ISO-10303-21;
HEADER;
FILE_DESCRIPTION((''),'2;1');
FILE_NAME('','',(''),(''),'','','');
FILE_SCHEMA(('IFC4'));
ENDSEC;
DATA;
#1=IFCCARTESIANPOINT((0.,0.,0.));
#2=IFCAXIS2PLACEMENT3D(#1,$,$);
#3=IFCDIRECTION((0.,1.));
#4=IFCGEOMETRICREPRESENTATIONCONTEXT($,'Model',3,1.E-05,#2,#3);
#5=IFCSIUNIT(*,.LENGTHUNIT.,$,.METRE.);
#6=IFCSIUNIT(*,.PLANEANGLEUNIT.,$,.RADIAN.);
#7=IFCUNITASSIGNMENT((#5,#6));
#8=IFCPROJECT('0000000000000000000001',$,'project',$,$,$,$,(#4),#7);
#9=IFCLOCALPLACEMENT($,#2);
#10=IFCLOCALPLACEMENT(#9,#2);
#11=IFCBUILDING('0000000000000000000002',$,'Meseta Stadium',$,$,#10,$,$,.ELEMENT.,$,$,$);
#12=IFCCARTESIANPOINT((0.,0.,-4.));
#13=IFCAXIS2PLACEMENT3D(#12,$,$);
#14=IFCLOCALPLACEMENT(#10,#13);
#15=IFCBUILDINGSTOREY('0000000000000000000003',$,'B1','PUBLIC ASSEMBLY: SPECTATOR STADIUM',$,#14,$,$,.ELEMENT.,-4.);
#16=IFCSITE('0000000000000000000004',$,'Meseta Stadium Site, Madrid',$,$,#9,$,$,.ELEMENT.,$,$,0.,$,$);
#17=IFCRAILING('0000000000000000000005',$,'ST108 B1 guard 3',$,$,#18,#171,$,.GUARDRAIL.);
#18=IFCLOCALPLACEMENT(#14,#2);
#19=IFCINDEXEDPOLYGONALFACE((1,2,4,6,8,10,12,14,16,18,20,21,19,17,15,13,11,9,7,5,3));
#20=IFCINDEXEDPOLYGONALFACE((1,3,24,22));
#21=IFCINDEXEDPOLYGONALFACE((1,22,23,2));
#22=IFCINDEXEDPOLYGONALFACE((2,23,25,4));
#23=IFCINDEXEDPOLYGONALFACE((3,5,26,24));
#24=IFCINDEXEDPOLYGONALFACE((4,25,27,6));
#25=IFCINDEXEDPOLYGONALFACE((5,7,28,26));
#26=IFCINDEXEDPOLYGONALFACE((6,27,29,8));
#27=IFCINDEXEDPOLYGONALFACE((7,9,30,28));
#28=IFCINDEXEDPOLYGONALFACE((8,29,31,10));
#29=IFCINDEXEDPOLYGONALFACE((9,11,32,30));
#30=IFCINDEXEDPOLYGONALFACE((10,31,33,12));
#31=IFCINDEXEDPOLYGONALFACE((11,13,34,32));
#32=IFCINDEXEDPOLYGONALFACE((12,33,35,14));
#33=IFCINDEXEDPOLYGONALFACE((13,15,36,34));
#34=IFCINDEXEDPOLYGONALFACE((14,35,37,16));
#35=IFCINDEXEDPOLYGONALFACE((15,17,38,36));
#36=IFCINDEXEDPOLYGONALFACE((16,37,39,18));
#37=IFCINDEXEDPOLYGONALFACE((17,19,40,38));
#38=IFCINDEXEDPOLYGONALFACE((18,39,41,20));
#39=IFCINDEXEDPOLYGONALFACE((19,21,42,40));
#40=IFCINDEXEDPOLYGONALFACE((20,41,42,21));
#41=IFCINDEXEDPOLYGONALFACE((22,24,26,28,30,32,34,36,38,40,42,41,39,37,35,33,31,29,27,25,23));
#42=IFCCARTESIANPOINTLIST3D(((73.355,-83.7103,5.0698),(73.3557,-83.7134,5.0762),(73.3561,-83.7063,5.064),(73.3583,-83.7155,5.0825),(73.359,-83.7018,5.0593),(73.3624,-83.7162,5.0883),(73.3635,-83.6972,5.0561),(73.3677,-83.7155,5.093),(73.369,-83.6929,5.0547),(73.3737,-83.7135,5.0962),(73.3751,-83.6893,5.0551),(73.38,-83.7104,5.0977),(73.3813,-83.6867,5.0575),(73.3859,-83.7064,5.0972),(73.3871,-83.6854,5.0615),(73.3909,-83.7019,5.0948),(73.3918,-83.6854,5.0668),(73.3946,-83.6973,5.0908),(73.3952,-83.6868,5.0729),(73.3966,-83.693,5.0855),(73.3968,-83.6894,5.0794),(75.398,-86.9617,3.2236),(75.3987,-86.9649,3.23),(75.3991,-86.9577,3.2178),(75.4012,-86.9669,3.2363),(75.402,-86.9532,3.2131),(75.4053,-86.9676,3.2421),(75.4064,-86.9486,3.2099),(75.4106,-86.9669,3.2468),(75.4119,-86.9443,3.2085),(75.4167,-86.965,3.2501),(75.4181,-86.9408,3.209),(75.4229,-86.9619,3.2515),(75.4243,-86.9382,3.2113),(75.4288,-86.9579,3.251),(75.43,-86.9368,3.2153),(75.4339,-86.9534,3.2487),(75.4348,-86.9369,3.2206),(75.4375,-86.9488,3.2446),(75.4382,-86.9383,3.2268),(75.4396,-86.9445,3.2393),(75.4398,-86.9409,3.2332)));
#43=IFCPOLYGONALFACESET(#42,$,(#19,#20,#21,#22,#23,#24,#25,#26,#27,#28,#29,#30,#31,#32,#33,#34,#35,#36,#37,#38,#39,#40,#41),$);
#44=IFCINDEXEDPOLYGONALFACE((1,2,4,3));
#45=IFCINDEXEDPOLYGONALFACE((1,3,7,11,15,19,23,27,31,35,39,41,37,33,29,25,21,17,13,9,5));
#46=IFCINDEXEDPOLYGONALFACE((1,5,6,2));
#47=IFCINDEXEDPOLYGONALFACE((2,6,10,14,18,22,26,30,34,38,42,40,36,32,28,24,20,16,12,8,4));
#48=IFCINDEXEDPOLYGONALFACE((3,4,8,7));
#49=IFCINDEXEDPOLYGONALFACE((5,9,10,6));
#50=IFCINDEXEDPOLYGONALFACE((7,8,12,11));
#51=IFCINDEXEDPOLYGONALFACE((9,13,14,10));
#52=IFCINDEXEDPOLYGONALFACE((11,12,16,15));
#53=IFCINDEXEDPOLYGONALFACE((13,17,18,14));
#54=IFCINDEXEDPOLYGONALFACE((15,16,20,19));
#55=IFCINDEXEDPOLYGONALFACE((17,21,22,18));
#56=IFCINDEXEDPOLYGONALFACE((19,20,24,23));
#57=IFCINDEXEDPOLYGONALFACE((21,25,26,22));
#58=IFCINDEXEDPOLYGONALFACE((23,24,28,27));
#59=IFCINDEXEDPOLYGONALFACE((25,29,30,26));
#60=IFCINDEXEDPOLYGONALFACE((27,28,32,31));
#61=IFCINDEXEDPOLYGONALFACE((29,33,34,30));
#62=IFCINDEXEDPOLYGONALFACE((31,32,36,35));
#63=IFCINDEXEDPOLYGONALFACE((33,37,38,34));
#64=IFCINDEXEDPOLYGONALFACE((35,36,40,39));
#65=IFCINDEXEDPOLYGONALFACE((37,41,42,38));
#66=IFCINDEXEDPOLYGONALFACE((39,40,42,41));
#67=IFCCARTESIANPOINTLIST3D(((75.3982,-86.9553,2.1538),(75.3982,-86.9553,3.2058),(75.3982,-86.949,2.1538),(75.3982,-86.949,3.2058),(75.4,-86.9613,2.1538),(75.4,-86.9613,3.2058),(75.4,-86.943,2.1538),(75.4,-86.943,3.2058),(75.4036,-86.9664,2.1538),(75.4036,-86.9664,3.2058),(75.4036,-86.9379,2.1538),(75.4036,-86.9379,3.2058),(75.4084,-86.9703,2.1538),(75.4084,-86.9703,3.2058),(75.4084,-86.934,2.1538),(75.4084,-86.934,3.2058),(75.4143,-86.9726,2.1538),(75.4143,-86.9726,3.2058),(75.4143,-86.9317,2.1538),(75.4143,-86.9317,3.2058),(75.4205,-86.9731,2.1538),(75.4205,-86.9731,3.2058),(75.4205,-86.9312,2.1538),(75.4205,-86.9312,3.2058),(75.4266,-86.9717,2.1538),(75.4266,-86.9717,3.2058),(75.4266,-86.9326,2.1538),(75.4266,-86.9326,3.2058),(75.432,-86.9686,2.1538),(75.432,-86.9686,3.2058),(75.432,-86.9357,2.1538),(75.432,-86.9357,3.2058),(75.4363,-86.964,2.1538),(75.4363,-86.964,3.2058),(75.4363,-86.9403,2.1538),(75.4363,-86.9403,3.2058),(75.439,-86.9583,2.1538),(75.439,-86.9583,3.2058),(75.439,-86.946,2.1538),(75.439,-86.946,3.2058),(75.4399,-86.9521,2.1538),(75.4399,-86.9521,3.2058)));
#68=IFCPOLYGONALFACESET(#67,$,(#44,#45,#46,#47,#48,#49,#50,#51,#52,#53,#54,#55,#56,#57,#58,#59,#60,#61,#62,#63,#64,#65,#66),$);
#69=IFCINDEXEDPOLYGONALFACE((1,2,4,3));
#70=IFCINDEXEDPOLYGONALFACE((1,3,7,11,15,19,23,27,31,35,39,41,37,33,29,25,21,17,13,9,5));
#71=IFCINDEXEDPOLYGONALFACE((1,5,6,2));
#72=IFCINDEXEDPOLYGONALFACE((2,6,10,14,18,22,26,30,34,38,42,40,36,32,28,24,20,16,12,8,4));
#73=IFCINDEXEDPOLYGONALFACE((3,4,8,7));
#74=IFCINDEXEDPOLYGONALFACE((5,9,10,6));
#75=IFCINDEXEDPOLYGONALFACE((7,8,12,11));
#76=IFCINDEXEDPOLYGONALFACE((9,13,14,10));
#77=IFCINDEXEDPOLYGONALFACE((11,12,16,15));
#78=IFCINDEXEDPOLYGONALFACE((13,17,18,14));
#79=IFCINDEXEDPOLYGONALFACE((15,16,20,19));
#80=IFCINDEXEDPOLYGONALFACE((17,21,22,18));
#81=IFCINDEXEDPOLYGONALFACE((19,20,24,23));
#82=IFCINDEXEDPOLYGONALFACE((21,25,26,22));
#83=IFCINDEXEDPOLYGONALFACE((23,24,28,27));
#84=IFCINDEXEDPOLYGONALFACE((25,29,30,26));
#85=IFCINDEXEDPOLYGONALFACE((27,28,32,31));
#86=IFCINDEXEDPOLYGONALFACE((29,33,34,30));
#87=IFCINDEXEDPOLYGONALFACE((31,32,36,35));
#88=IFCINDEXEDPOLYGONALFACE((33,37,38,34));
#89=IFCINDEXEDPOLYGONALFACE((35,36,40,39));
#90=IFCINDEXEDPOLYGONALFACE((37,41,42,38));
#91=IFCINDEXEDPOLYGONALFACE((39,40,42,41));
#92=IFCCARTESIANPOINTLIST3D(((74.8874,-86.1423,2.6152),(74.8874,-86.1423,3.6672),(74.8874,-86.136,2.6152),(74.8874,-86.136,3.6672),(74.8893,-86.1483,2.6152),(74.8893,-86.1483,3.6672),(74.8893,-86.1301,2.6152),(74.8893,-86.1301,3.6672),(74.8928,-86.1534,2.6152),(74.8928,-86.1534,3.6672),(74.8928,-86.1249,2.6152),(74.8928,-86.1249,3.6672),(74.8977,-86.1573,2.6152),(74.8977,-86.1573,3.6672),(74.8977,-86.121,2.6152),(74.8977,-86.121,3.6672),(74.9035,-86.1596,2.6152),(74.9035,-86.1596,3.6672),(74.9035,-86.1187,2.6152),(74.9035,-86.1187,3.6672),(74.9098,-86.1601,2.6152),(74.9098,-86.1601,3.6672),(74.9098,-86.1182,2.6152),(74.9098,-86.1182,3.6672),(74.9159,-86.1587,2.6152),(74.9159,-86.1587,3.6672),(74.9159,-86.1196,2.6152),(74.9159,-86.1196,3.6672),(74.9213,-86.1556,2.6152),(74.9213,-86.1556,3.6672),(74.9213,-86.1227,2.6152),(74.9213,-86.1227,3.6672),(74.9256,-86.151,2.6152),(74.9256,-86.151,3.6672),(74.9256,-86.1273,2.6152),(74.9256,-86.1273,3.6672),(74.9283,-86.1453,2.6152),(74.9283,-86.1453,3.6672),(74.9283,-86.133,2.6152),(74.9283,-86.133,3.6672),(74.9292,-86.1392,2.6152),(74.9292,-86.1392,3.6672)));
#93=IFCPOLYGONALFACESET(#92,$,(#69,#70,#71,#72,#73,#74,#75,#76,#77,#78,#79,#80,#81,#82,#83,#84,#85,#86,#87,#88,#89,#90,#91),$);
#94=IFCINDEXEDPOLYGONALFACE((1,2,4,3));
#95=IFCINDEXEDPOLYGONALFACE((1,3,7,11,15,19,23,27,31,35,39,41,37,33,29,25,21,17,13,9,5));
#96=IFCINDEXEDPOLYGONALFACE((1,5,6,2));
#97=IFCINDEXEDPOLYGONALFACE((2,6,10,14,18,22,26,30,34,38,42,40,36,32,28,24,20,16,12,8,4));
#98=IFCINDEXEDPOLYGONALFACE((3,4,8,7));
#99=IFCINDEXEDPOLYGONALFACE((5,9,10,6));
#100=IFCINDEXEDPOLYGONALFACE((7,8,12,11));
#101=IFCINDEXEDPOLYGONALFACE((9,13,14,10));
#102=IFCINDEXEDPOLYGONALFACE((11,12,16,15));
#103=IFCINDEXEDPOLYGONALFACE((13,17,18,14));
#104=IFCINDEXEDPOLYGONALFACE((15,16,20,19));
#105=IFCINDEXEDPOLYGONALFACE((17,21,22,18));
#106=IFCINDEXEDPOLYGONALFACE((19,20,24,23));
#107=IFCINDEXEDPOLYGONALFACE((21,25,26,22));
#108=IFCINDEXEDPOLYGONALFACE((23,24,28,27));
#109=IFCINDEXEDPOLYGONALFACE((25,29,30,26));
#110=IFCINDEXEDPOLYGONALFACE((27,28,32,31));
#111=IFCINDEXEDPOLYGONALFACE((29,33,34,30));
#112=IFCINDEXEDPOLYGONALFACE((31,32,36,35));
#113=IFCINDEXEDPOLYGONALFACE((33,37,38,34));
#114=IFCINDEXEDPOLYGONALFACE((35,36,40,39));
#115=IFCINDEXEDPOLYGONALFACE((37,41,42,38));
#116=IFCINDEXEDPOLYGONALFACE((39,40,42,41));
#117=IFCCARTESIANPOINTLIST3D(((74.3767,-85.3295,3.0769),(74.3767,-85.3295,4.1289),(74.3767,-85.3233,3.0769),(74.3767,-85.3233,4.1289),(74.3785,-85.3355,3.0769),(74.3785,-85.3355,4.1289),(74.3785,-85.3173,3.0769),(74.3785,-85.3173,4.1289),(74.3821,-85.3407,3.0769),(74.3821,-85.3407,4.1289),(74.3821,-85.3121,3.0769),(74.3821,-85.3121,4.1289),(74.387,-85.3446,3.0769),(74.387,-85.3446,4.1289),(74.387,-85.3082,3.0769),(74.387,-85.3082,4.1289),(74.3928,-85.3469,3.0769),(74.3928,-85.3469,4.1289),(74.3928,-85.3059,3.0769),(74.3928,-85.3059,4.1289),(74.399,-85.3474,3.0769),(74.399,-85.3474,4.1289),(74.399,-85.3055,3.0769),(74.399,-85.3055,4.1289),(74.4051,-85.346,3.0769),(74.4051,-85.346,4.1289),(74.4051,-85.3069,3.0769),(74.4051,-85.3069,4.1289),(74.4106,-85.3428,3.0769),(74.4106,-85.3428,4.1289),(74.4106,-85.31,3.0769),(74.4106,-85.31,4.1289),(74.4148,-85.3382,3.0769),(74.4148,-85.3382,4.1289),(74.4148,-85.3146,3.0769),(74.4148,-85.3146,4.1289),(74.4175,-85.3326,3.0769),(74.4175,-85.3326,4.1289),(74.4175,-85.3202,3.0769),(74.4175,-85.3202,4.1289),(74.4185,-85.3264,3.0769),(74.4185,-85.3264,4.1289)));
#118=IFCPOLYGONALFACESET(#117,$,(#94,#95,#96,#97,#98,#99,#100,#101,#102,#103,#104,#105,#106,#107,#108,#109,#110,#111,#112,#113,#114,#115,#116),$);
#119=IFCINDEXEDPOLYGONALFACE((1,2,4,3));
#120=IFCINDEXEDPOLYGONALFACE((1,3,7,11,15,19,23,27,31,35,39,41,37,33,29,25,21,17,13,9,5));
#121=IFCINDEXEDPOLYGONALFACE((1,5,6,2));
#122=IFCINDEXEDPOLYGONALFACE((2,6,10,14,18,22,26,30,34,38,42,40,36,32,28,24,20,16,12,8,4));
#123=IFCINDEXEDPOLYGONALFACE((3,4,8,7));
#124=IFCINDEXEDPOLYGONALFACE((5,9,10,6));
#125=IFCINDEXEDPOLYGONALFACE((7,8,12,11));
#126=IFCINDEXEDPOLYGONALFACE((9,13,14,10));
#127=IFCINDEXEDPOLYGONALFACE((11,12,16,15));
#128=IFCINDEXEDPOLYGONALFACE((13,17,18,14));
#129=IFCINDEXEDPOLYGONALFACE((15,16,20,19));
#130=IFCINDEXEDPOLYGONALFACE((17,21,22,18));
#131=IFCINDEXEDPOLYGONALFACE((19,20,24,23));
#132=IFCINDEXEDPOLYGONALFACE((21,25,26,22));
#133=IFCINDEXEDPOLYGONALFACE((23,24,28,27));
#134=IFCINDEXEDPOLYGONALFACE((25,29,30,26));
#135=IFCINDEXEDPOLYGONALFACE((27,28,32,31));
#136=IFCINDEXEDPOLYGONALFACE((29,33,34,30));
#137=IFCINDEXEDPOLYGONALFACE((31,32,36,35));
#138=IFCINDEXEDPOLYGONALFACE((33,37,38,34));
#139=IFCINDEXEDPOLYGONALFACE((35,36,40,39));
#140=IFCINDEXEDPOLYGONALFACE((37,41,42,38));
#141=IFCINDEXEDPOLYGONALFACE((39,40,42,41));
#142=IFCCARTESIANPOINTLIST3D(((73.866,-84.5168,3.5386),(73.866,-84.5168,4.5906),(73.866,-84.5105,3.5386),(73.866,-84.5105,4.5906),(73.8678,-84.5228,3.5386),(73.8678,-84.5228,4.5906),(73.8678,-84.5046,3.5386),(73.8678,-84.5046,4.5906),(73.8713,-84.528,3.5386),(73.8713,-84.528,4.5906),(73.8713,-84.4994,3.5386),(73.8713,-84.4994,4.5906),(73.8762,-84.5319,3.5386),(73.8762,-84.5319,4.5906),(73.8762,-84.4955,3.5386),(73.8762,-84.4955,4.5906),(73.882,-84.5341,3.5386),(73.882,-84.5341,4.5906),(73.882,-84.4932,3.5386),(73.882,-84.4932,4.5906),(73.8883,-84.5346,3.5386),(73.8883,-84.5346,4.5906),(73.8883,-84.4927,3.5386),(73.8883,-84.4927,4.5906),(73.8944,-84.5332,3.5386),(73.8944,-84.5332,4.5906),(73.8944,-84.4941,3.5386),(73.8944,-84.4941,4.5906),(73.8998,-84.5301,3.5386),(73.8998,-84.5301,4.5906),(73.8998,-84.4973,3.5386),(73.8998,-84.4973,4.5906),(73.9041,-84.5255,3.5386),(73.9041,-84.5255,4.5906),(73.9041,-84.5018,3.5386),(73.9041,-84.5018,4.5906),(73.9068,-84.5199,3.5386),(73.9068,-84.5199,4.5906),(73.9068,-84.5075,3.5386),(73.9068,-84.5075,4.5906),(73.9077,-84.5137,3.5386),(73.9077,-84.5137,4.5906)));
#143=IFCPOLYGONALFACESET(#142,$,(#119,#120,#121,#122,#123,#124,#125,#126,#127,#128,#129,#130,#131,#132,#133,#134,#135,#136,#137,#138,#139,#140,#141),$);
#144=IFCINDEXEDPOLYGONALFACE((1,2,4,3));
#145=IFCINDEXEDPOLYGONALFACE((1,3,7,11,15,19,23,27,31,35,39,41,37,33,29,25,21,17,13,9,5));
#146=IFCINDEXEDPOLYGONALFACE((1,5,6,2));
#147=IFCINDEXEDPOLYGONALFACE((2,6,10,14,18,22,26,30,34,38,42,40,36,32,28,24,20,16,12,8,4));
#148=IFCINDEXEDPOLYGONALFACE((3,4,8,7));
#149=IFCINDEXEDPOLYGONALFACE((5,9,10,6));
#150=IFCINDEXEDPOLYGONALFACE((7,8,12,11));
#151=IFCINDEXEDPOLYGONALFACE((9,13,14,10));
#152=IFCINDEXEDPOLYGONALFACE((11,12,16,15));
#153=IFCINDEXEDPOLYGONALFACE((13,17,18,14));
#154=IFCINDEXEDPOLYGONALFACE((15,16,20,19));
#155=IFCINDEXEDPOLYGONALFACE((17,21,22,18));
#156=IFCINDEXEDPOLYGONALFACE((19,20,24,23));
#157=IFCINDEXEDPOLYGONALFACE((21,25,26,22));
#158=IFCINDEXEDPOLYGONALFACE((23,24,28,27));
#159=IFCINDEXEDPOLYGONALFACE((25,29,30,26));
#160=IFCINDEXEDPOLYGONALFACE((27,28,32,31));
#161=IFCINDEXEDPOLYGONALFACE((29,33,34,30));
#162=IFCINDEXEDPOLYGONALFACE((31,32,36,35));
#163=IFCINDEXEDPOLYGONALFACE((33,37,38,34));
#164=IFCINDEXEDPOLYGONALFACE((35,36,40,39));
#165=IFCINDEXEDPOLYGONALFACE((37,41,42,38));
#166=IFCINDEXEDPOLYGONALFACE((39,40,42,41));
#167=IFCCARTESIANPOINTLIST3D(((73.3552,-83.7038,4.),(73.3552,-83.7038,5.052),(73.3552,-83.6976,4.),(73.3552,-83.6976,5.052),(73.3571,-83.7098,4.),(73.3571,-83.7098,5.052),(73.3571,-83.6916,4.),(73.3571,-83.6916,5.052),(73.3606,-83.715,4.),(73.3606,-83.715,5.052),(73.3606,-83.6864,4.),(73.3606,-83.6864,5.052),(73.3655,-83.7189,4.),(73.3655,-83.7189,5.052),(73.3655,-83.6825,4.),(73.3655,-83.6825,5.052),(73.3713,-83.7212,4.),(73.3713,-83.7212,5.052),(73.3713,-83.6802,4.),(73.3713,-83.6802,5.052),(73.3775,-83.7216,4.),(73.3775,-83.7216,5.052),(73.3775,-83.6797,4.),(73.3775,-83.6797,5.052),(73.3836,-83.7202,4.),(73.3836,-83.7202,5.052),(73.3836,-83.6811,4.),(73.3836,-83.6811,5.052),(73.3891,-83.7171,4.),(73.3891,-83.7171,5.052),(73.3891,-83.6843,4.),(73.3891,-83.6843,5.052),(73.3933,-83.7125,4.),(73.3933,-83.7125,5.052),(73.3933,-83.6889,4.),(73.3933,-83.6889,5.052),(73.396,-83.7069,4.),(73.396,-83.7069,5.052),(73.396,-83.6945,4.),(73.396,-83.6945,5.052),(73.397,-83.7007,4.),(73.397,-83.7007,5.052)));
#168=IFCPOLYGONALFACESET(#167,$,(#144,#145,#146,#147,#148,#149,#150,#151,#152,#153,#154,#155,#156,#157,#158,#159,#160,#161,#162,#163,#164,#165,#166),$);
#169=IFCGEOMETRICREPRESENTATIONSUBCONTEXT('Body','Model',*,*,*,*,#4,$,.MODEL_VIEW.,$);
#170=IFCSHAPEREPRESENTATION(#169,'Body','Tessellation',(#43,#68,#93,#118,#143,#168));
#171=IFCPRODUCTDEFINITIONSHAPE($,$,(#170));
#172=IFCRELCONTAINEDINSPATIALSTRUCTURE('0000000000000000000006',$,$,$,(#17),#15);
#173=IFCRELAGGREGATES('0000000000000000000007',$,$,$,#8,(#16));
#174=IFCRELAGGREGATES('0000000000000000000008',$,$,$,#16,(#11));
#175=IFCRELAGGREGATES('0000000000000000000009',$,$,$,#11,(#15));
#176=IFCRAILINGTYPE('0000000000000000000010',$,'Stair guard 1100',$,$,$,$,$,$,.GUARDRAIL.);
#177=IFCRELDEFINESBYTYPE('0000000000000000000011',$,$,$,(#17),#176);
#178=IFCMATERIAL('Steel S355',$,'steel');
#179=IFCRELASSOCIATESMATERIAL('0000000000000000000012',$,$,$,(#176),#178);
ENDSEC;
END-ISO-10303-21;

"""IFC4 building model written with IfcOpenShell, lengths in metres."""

from ifc_helpers import new_model, si_unit, direction, frame, origin, origin_2d, place, context, subcontext, project, spatial, circle, extrude, material, type_object, element, save


model = new_model("IFC4")

# Units and contexts
model_context = context("Model", 3, precision=1e-05, world=origin(), true_north=direction((0.0, 1.0)))
body_context = subcontext(model_context, "Body", "Model", "MODEL_VIEW")
ifc_project = project(units=[si_unit("LENGTHUNIT", "METRE"), si_unit("PLANEANGLEUNIT", "RADIAN")], contexts=[model_context])

# Site, building, storey
site_placement = place(None, origin())
site = spatial("IfcSite", under=ifc_project, at=site_placement, Name="Meseta Stadium Site, Madrid", CompositionType="ELEMENT", RefElevation=0.0)
building_placement = place(site_placement, origin())
building = spatial("IfcBuilding", under=site, at=building_placement, Name="Meseta Stadium", CompositionType="ELEMENT")
storey_placement = place(building_placement, frame((0.0, 0.0, -4.0)))
storey = spatial("IfcBuildingStorey", under=building, at=storey_placement, Name="B1", Description="PUBLIC ASSEMBLY: SPECTATOR STADIUM", CompositionType="ELEMENT", Elevation=-4.0)

# Railing
ifc_material_1 = material(Name="Steel S355", Category="steel")
railing_type_1 = type_object("IfcRailingType", Name="Stair guard 1100", PredefinedType="GUARDRAIL", material=ifc_material_1)
railing_1_placement = place(storey_placement, frame((75.4189, -86.9521, 2.1538)))
element("IfcRailing", 1, at=railing_1_placement, inside=storey, type_object=railing_type_1, Name="ST108 B1 guard 3", PredefinedType="GUARDRAIL", context=body_context, shape_type="SweptSolid", body=[
    extrude(circle(Radius=0.0239, at=origin_2d()), frame((0.0, 0.0, 1.0762), z_axis=(-0.479483, 0.763117, 0.4333), x_axis=(-0.846731, -0.53202, 0.0)), (0.0, 0.0, 1.0), 4.2607),
    extrude(circle(Radius=0.021, at=origin_2d()), origin(), (0.0, 0.0, 1.0), 1.052),
    extrude(circle(Radius=0.021, at=origin_2d()), frame((-0.5107, 0.813, 0.4614)), (0.0, 0.0, 1.0), 1.052),
    extrude(circle(Radius=0.021, at=origin_2d()), frame((-1.0215, 1.6257, 0.9231)), (0.0, 0.0, 1.0), 1.052),
    extrude(circle(Radius=0.021, at=origin_2d()), frame((-1.5322, 2.4385, 1.3848)), (0.0, 0.0, 1.0), 1.052),
    extrude(circle(Radius=0.021, at=origin_2d()), frame((-2.043, 3.2515, 1.8462)), (0.0, 0.0, 1.0), 1.052),
])

save(model, "model.ifc")
